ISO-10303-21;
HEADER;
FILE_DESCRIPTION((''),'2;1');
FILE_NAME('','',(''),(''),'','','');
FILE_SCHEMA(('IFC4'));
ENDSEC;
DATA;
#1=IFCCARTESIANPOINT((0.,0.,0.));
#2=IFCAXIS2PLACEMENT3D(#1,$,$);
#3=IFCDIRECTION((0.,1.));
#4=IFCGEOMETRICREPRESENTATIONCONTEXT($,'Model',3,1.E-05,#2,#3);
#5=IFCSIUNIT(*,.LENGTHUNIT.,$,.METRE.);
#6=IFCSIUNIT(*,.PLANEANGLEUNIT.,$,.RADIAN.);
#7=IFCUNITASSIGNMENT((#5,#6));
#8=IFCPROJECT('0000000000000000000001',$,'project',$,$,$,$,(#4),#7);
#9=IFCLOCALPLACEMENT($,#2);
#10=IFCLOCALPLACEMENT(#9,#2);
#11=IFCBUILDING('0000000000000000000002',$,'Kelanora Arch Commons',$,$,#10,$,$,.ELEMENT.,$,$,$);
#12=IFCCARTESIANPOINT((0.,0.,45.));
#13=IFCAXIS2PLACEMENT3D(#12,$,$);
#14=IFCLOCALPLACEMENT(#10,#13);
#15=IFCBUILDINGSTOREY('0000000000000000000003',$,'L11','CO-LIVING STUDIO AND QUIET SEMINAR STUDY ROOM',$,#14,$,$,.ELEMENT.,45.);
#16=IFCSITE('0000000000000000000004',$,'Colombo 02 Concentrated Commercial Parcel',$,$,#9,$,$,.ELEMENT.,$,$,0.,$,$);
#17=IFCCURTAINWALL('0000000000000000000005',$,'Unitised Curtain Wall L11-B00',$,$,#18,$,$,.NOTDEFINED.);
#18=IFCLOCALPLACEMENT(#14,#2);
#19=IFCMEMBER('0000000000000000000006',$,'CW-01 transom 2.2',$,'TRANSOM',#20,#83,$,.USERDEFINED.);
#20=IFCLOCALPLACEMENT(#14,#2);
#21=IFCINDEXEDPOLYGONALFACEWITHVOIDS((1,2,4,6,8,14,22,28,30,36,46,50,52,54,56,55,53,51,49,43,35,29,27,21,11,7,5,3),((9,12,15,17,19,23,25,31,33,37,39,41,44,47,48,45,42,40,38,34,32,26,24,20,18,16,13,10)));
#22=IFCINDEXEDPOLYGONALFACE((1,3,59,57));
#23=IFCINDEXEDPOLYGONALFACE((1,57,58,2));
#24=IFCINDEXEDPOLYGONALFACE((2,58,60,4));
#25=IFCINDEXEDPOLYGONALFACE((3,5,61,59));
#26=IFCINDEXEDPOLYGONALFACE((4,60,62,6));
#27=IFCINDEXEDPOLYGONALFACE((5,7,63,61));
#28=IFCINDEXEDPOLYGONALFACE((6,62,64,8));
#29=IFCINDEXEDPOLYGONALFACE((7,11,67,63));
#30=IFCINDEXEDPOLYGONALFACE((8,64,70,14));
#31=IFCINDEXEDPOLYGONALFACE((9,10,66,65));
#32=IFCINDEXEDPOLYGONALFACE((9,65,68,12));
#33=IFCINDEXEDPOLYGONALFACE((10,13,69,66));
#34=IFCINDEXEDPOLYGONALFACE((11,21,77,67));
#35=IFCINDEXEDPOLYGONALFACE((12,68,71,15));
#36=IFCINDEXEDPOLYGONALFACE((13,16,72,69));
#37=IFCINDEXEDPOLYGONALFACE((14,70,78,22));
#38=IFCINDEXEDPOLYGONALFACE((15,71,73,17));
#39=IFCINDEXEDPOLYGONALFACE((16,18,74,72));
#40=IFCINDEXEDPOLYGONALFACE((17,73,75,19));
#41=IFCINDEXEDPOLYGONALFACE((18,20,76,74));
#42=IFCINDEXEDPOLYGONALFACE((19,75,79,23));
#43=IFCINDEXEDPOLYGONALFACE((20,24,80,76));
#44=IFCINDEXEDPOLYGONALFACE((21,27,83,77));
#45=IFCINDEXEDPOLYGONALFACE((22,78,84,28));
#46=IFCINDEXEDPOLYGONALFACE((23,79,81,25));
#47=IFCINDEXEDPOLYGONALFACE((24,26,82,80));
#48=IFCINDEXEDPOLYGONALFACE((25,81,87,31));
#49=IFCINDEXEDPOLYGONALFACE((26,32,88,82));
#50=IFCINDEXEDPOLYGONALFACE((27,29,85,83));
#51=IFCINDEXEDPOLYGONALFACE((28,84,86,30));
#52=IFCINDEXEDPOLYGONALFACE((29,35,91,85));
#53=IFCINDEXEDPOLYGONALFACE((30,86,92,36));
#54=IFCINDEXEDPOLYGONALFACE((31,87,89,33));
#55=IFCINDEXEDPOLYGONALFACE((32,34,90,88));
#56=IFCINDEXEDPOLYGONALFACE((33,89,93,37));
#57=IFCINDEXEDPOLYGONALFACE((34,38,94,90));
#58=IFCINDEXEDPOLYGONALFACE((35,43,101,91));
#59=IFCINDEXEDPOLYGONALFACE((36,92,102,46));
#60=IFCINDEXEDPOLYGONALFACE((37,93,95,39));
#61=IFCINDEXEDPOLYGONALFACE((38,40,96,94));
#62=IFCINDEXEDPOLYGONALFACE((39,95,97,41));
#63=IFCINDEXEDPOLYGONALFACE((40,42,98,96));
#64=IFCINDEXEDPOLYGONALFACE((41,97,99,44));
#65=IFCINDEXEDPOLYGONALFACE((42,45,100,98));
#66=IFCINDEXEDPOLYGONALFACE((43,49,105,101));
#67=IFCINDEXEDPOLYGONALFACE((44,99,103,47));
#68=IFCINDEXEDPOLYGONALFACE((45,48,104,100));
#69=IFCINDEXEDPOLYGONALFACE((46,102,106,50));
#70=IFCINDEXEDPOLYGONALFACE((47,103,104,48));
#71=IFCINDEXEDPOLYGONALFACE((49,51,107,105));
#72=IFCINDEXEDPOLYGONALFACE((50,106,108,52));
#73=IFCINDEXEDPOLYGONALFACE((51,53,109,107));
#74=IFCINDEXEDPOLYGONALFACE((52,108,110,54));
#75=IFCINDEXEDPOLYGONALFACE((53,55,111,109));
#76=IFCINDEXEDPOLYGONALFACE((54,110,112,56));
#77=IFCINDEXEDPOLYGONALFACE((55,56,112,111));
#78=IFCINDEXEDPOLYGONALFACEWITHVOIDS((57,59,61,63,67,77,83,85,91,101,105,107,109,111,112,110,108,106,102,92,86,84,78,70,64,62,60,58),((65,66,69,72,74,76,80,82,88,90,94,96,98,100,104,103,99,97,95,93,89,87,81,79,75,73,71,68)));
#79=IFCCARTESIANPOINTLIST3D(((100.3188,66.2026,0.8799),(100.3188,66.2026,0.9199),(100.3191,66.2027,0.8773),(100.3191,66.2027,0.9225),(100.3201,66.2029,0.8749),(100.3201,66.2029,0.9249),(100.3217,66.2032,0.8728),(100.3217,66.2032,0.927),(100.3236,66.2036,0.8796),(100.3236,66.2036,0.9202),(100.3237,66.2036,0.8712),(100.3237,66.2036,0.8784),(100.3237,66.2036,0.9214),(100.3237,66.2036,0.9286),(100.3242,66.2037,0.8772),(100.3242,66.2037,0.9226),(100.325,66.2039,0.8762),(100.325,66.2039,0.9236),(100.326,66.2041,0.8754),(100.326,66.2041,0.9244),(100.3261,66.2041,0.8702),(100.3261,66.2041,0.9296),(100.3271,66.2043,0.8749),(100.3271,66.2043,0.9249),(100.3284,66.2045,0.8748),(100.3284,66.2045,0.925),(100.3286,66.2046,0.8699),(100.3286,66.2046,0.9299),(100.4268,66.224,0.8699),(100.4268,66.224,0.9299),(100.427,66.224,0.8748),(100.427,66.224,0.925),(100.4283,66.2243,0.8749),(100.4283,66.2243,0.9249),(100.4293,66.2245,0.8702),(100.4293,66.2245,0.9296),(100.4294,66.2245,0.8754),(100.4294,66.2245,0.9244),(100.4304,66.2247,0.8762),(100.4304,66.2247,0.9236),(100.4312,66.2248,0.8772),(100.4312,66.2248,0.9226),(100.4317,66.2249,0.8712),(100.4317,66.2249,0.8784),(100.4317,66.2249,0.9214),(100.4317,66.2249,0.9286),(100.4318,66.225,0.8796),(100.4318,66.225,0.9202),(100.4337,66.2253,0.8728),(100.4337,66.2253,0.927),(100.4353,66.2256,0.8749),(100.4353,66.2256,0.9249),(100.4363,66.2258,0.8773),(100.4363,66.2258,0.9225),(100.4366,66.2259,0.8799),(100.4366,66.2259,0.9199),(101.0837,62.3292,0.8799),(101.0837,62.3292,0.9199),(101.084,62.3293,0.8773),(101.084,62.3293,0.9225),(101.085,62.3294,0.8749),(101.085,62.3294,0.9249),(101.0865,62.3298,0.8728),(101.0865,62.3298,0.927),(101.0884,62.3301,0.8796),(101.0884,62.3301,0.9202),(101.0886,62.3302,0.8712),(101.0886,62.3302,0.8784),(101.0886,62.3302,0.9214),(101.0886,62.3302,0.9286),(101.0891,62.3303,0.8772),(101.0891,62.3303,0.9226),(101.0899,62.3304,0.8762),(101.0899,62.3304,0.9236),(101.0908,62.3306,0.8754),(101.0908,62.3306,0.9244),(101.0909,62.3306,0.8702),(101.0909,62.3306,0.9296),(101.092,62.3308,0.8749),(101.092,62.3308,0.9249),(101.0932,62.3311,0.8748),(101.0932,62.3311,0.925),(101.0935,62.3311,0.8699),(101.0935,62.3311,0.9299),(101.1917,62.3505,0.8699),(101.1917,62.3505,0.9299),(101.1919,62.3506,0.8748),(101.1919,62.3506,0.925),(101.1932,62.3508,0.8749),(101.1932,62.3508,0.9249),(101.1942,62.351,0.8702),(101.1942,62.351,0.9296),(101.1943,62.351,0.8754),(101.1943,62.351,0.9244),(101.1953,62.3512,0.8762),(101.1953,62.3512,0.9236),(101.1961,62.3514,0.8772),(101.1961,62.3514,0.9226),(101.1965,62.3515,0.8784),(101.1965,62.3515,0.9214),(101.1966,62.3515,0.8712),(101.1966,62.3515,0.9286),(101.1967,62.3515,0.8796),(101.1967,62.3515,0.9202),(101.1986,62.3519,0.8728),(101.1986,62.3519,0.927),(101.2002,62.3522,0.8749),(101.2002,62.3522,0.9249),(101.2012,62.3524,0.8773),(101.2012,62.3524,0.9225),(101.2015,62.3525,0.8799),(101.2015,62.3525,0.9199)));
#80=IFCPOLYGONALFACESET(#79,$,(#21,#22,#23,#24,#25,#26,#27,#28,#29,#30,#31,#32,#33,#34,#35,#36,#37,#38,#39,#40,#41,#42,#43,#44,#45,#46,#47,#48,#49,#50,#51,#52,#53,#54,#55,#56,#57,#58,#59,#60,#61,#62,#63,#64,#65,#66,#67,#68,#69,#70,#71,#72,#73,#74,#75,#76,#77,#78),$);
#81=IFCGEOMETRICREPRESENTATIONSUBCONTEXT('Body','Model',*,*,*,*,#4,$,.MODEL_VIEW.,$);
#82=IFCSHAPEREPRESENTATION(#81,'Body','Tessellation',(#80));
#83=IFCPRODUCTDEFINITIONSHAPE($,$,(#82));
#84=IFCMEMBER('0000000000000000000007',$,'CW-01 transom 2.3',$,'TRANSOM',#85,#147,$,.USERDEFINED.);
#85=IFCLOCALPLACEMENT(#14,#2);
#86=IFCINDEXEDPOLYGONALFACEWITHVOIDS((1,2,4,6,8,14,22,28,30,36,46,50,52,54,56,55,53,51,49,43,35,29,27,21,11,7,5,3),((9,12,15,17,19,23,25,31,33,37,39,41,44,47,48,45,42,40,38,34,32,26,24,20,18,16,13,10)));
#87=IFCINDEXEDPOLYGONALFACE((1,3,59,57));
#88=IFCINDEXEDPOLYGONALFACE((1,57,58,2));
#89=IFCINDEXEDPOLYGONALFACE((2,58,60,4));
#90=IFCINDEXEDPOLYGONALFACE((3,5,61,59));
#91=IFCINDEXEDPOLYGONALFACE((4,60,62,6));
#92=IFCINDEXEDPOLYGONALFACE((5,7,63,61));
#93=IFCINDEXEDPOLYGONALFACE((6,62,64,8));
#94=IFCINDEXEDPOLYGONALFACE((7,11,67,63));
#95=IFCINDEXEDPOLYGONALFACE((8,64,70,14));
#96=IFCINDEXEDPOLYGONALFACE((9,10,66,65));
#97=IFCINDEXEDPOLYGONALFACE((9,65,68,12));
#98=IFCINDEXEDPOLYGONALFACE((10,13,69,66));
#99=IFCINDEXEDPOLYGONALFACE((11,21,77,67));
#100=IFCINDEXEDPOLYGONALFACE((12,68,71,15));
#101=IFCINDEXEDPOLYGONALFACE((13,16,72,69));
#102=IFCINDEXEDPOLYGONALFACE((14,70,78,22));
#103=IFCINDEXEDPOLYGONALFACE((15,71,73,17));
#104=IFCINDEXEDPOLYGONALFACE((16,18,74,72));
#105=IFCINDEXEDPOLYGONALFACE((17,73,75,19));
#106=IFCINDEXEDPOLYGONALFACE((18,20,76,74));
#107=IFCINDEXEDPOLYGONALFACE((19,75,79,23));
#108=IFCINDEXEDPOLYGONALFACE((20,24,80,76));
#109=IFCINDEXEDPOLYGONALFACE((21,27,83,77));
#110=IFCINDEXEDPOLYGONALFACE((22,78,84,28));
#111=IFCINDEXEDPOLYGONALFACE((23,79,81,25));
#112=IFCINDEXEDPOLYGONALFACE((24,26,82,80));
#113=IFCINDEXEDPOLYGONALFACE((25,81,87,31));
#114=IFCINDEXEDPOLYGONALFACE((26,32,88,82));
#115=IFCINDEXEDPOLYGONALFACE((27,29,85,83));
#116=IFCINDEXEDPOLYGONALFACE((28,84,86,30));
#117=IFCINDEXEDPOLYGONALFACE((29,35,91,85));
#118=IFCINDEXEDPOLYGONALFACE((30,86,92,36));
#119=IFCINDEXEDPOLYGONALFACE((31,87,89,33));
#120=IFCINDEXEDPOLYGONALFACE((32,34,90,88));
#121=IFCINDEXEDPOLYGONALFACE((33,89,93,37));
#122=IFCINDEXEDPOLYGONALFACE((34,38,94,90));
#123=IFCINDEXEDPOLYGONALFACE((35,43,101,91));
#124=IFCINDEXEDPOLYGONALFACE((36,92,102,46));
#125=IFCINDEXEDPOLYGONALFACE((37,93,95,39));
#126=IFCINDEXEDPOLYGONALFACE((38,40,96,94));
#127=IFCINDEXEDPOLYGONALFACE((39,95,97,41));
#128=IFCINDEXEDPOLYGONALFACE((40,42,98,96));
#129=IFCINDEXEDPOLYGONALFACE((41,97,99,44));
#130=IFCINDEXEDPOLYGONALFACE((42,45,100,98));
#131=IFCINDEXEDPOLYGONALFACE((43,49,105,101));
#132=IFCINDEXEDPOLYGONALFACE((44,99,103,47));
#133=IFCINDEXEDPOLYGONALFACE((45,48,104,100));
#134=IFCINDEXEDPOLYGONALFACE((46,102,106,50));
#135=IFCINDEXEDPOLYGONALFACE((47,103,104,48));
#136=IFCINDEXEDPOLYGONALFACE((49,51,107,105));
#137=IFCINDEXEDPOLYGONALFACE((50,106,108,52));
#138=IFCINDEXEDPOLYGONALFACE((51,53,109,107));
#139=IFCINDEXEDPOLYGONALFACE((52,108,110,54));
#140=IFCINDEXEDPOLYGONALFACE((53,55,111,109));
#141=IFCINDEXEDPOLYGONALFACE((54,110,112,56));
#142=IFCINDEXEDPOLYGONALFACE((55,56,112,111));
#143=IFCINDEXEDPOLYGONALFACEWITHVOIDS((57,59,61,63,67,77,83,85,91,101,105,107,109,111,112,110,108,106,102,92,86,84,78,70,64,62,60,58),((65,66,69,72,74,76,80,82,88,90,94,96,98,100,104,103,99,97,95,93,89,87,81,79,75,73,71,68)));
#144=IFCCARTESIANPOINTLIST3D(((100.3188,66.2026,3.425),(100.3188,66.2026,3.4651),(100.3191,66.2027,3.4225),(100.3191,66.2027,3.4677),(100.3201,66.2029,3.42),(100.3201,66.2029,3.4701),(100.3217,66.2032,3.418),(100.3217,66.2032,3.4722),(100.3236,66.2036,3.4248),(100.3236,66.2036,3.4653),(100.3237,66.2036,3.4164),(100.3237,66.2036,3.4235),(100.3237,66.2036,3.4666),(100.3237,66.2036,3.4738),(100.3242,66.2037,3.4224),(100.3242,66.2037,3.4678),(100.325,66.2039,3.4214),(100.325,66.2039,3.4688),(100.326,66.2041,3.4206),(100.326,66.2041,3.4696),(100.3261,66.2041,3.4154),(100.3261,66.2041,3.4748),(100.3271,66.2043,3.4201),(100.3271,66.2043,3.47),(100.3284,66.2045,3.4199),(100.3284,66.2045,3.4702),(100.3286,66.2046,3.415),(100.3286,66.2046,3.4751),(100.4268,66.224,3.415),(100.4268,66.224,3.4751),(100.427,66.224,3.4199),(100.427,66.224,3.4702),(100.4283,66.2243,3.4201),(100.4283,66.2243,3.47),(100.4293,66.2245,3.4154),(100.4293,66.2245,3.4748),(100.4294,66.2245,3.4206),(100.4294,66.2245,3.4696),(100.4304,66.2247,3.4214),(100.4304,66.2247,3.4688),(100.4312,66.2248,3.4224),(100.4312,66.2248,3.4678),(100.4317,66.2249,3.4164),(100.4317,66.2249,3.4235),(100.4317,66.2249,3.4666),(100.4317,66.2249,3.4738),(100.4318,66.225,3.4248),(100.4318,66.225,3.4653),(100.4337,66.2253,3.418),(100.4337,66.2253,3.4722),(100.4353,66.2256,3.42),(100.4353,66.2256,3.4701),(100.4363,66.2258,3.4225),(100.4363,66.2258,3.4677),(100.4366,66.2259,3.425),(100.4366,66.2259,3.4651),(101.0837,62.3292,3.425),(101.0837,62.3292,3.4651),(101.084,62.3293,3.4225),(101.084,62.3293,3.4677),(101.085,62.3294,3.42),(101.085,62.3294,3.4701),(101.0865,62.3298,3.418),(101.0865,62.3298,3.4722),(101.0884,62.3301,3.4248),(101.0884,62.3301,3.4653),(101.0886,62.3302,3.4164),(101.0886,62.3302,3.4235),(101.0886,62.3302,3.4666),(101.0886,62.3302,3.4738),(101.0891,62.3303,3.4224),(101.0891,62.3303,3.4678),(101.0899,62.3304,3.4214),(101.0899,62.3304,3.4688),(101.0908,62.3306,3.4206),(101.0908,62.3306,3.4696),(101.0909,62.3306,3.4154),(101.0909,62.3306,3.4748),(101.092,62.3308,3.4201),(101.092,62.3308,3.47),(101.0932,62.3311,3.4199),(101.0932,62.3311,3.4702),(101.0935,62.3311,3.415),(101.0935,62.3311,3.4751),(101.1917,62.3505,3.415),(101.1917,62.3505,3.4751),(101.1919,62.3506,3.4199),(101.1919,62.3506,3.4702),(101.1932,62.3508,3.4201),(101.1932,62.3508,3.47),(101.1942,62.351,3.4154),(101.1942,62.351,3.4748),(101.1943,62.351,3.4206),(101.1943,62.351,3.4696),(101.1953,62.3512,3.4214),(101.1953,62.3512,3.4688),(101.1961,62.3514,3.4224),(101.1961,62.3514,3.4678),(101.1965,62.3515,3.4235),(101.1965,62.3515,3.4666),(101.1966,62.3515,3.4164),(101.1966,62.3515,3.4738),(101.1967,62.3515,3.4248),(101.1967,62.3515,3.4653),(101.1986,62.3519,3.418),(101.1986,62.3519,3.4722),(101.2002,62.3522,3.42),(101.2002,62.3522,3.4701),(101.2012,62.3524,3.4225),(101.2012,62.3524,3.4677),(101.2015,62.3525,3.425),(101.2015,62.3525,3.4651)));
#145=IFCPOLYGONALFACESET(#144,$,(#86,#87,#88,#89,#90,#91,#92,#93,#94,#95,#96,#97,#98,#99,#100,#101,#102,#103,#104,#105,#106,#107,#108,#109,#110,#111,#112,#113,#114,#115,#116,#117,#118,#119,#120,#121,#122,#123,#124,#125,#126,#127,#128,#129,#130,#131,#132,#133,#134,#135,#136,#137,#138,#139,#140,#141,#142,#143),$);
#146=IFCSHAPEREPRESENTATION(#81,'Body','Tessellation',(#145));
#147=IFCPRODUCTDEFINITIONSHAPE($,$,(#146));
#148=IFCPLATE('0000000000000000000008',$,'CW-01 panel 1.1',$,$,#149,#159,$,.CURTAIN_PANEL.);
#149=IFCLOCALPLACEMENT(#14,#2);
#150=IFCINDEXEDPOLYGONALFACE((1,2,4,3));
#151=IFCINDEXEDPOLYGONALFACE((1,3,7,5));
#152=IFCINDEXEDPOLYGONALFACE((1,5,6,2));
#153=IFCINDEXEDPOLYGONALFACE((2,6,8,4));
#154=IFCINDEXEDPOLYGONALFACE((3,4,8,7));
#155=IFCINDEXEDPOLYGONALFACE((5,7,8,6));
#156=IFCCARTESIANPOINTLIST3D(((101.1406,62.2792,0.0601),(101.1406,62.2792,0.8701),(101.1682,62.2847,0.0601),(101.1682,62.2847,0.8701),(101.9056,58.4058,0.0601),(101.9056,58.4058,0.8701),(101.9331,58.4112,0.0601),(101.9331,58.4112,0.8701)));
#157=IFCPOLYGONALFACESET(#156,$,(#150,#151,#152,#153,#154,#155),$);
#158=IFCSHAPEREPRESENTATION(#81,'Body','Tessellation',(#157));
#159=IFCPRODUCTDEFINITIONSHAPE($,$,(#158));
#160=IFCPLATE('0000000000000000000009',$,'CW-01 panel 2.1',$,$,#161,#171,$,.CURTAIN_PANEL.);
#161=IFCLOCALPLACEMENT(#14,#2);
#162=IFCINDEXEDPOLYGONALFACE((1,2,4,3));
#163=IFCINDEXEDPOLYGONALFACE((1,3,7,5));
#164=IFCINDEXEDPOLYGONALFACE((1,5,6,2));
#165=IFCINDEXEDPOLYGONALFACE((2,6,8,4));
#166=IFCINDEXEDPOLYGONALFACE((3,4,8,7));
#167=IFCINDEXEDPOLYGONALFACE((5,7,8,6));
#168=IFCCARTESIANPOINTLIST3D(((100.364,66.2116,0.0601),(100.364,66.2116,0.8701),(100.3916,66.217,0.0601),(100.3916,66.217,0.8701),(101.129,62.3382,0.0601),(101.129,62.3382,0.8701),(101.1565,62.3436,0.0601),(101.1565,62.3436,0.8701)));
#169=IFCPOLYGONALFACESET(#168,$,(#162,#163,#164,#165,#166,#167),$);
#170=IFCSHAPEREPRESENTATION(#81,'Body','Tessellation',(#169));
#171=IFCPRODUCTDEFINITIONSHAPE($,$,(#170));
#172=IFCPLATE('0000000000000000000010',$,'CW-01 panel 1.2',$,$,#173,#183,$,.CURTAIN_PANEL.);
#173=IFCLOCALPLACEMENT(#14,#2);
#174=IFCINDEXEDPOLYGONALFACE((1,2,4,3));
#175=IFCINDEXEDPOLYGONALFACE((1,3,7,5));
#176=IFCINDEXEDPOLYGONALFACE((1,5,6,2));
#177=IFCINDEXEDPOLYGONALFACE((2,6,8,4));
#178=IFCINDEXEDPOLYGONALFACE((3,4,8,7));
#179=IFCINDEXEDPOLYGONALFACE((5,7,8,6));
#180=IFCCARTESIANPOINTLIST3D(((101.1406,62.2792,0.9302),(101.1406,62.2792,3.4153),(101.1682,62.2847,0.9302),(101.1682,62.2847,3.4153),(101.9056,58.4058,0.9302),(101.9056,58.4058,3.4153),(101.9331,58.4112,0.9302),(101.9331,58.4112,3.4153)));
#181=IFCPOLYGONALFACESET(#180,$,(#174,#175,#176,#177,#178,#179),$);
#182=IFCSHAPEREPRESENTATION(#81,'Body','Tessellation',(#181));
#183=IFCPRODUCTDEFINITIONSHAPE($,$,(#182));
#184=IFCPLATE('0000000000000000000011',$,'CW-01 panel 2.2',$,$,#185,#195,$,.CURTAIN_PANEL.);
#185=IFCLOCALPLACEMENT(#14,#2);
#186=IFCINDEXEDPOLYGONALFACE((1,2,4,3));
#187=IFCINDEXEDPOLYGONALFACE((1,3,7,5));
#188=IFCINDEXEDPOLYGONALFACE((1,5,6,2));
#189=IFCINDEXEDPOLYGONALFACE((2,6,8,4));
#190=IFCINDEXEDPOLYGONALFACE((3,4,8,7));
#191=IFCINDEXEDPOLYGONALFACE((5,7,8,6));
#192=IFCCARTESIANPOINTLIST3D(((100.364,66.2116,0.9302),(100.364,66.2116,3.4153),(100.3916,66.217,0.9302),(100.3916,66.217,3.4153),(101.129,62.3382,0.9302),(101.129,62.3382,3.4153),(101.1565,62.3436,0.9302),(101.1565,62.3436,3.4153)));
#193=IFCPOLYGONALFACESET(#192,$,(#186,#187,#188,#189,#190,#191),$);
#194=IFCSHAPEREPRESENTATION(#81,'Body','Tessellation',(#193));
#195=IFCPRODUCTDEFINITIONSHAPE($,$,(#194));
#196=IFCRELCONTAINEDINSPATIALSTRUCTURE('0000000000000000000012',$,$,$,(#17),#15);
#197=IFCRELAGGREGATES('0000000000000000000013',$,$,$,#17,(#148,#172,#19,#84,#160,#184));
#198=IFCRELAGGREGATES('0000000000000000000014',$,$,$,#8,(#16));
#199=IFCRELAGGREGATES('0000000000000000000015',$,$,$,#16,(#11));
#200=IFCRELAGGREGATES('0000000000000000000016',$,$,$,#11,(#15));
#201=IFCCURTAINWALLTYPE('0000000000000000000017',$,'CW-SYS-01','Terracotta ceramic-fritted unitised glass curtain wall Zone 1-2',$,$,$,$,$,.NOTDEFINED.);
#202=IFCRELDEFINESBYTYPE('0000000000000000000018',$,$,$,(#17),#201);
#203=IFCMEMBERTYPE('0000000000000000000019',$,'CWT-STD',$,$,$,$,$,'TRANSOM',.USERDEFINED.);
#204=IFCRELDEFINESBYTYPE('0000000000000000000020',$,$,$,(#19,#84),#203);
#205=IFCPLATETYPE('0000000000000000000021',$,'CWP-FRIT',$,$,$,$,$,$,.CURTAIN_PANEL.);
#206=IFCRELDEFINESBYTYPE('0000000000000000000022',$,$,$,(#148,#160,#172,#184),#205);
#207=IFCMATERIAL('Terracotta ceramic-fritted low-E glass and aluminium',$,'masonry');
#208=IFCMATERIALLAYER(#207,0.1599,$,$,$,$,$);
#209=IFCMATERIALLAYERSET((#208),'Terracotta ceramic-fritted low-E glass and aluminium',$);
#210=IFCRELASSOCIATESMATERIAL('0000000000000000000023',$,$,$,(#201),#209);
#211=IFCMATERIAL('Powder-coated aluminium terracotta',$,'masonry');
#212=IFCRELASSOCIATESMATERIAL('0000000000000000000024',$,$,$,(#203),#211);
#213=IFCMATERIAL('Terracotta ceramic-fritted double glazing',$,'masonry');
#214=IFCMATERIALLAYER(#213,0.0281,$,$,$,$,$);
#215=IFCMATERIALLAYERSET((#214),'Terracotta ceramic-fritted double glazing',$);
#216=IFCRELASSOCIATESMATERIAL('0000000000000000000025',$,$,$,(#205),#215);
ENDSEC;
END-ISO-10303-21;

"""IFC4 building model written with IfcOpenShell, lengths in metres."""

from ifc_helpers import new_model, si_unit, direction, frame, origin, origin_2d, place, context, subcontext, project, spatial, rectangle, hollow_rectangle, extrude, source, transform, mapped, material, layer, layer_set, material_profile, profile_set, type_object, element, aggregate, save


model = new_model("IFC4")

# Units and contexts
model_context = context("Model", 3, precision=1e-05, world=origin(), true_north=direction((0.0, 1.0)))
body_context = subcontext(model_context, "Body", "Model", "MODEL_VIEW")
ifc_project = project(units=[si_unit("LENGTHUNIT", "METRE"), si_unit("PLANEANGLEUNIT", "RADIAN")], contexts=[model_context])

# Site, building, storey
site_placement = place(None, origin())
site = spatial("IfcSite", under=ifc_project, at=site_placement, Name="Colombo 02 Concentrated Commercial Parcel", CompositionType="ELEMENT", RefElevation=0.0)
building_placement = place(site_placement, origin())
building = spatial("IfcBuilding", under=site, at=building_placement, Name="Kelanora Arch Commons", CompositionType="ELEMENT")
storey_placement = place(building_placement, frame((0.0, 0.0, 45.0)))
storey = spatial("IfcBuildingStorey", under=building, at=storey_placement, Name="L11", Description="CO-LIVING STUDIO AND QUIET SEMINAR STUDY ROOM", CompositionType="ELEMENT", Elevation=45.0)

# Curtain wall, members, plates
ifc_material_1 = material(Name="Terracotta ceramic-fritted low-E glass and aluminium", Category="masonry")
ifc_layer_1 = layer(ifc_material_1, 0.1599)
ifc_layer_set_1 = layer_set([ifc_layer_1], Name="Terracotta ceramic-fritted low-E glass and aluminium")
curtain_wall_type = type_object("IfcCurtainWallType", Name="CW-SYS-01", Description="Terracotta ceramic-fritted unitised glass curtain wall Zone 1-2", PredefinedType="NOTDEFINED", material=ifc_layer_set_1)
curtain_wall_placement = place(storey_placement, origin())
curtain_wall = element("IfcCurtainWall", 1, at=curtain_wall_placement, inside=storey, type_object=curtain_wall_type, Name="Unitised Curtain Wall L11-B00", PredefinedType="NOTDEFINED")
ifc_material_2 = material(Name="Powder-coated aluminium terracotta", Category="masonry")
ifc_material_profile_1 = material_profile(ifc_material_2, hollow_rectangle(XDim=0.1201, YDim=0.0601, WallThickness=0.0049, InnerFilletRadius=0.0049, OuterFilletRadius=0.01, at=origin_2d()), Name="CWT120x60")
ifc_profile_set_1 = profile_set([ifc_material_profile_1], Name="Powder-coated aluminium terracotta")
member_type_1 = type_object("IfcMemberType", Name="CWT-STD", ElementType="TRANSOM", PredefinedType="USERDEFINED", material=ifc_profile_set_1)
member_1_placement = place(storey_placement, frame((101.1426, 62.3408, 0.8999), z_axis=(-0.193725, 0.981056, 0.0), x_axis=(-0.981056, -0.193725, 0.0)))
member_1 = element("IfcMember", 2, at=member_1_placement, type_object=member_type_1, Name="CW-01 transom 2.2", ObjectType="TRANSOM", PredefinedType="USERDEFINED", context=body_context, shape_type="SweptSolid", body=[
    extrude(hollow_rectangle(XDim=0.1201, YDim=0.0601, WallThickness=0.0049, InnerFilletRadius=0.0049, OuterFilletRadius=0.01, at=origin_2d()), origin(), (0.0, 0.0, 1.0), 3.9482),
])
member_2_placement = place(storey_placement, frame((101.1426, 62.3408, 3.4451), z_axis=(-0.193725, 0.981056, 0.0), x_axis=(-0.981056, -0.193725, 0.0)))
member_2 = element("IfcMember", 3, at=member_2_placement, type_object=member_type_1, Name="CW-01 transom 2.3", ObjectType="TRANSOM", PredefinedType="USERDEFINED", context=body_context, shape_type="SweptSolid", body=[
    extrude(hollow_rectangle(XDim=0.1201, YDim=0.0601, WallThickness=0.0049, InnerFilletRadius=0.0049, OuterFilletRadius=0.01, at=origin_2d()), origin(), (0.0, 0.0, 1.0), 3.9482),
])
ifc_material_3 = material(Name="Terracotta ceramic-fritted double glazing", Category="masonry")
ifc_layer_2 = layer(ifc_material_3, 0.0281)
ifc_layer_set_2 = layer_set([ifc_layer_2], Name="Terracotta ceramic-fritted double glazing")
plate_type = type_object("IfcPlateType", Name="CWP-FRIT", PredefinedType="CURTAIN_PANEL", material=ifc_layer_set_2)
shared_shape_1 = source(origin(), body_context, "Body", "SweptSolid", [
    extrude(rectangle(XDim=3.9482, YDim=0.0281, at=origin_2d()), origin(), (0.0, 0.0, 1.0), 0.8101),
])
plate_1_placement = place(storey_placement, frame((101.5369, 60.3452, 0.0601), z_axis=(0.0, 0.0, 1.0), x_axis=(-0.193744, 0.981052, 0.0)))
plate_1 = element("IfcPlate", 4, at=plate_1_placement, type_object=plate_type, Name="CW-01 panel 1.1", PredefinedType="CURTAIN_PANEL", context=body_context, shape_type="MappedRepresentation", body=[
    mapped(shared_shape_1, transform((0.0, 0.0, 0.0), scale=1.0)),
])
plate_2_placement = place(storey_placement, frame((100.7603, 64.2776, 0.0601), z_axis=(0.0, 0.0, 1.0), x_axis=(-0.193744, 0.981052, 0.0)))
plate_2 = element("IfcPlate", 5, at=plate_2_placement, type_object=plate_type, Name="CW-01 panel 2.1", PredefinedType="CURTAIN_PANEL", context=body_context, shape_type="MappedRepresentation", body=[
    mapped(shared_shape_1, transform((0.0, 0.0, 0.0), scale=1.0)),
])
shared_shape_2 = source(origin(), body_context, "Body", "SweptSolid", [
    extrude(rectangle(XDim=3.9482, YDim=0.0281, at=origin_2d()), origin(), (0.0, 0.0, 1.0), 2.4851),
])
plate_3_placement = place(storey_placement, frame((101.5369, 60.3452, 0.9302), z_axis=(0.0, 0.0, 1.0), x_axis=(-0.193744, 0.981052, 0.0)))
plate_3 = element("IfcPlate", 6, at=plate_3_placement, type_object=plate_type, Name="CW-01 panel 1.2", PredefinedType="CURTAIN_PANEL", context=body_context, shape_type="MappedRepresentation", body=[
    mapped(shared_shape_2, transform((0.0, 0.0, 0.0), scale=1.0)),
])
plate_4_placement = place(storey_placement, frame((100.7603, 64.2776, 0.9302), z_axis=(0.0, 0.0, 1.0), x_axis=(-0.193744, 0.981052, 0.0)))
plate_4 = element("IfcPlate", 7, at=plate_4_placement, type_object=plate_type, Name="CW-01 panel 2.2", PredefinedType="CURTAIN_PANEL", context=body_context, shape_type="MappedRepresentation", body=[
    mapped(shared_shape_2, transform((0.0, 0.0, 0.0), scale=1.0)),
])
aggregate(curtain_wall, [plate_1, plate_3, member_1, member_2, plate_2, plate_4])

save(model, "model.ifc")
